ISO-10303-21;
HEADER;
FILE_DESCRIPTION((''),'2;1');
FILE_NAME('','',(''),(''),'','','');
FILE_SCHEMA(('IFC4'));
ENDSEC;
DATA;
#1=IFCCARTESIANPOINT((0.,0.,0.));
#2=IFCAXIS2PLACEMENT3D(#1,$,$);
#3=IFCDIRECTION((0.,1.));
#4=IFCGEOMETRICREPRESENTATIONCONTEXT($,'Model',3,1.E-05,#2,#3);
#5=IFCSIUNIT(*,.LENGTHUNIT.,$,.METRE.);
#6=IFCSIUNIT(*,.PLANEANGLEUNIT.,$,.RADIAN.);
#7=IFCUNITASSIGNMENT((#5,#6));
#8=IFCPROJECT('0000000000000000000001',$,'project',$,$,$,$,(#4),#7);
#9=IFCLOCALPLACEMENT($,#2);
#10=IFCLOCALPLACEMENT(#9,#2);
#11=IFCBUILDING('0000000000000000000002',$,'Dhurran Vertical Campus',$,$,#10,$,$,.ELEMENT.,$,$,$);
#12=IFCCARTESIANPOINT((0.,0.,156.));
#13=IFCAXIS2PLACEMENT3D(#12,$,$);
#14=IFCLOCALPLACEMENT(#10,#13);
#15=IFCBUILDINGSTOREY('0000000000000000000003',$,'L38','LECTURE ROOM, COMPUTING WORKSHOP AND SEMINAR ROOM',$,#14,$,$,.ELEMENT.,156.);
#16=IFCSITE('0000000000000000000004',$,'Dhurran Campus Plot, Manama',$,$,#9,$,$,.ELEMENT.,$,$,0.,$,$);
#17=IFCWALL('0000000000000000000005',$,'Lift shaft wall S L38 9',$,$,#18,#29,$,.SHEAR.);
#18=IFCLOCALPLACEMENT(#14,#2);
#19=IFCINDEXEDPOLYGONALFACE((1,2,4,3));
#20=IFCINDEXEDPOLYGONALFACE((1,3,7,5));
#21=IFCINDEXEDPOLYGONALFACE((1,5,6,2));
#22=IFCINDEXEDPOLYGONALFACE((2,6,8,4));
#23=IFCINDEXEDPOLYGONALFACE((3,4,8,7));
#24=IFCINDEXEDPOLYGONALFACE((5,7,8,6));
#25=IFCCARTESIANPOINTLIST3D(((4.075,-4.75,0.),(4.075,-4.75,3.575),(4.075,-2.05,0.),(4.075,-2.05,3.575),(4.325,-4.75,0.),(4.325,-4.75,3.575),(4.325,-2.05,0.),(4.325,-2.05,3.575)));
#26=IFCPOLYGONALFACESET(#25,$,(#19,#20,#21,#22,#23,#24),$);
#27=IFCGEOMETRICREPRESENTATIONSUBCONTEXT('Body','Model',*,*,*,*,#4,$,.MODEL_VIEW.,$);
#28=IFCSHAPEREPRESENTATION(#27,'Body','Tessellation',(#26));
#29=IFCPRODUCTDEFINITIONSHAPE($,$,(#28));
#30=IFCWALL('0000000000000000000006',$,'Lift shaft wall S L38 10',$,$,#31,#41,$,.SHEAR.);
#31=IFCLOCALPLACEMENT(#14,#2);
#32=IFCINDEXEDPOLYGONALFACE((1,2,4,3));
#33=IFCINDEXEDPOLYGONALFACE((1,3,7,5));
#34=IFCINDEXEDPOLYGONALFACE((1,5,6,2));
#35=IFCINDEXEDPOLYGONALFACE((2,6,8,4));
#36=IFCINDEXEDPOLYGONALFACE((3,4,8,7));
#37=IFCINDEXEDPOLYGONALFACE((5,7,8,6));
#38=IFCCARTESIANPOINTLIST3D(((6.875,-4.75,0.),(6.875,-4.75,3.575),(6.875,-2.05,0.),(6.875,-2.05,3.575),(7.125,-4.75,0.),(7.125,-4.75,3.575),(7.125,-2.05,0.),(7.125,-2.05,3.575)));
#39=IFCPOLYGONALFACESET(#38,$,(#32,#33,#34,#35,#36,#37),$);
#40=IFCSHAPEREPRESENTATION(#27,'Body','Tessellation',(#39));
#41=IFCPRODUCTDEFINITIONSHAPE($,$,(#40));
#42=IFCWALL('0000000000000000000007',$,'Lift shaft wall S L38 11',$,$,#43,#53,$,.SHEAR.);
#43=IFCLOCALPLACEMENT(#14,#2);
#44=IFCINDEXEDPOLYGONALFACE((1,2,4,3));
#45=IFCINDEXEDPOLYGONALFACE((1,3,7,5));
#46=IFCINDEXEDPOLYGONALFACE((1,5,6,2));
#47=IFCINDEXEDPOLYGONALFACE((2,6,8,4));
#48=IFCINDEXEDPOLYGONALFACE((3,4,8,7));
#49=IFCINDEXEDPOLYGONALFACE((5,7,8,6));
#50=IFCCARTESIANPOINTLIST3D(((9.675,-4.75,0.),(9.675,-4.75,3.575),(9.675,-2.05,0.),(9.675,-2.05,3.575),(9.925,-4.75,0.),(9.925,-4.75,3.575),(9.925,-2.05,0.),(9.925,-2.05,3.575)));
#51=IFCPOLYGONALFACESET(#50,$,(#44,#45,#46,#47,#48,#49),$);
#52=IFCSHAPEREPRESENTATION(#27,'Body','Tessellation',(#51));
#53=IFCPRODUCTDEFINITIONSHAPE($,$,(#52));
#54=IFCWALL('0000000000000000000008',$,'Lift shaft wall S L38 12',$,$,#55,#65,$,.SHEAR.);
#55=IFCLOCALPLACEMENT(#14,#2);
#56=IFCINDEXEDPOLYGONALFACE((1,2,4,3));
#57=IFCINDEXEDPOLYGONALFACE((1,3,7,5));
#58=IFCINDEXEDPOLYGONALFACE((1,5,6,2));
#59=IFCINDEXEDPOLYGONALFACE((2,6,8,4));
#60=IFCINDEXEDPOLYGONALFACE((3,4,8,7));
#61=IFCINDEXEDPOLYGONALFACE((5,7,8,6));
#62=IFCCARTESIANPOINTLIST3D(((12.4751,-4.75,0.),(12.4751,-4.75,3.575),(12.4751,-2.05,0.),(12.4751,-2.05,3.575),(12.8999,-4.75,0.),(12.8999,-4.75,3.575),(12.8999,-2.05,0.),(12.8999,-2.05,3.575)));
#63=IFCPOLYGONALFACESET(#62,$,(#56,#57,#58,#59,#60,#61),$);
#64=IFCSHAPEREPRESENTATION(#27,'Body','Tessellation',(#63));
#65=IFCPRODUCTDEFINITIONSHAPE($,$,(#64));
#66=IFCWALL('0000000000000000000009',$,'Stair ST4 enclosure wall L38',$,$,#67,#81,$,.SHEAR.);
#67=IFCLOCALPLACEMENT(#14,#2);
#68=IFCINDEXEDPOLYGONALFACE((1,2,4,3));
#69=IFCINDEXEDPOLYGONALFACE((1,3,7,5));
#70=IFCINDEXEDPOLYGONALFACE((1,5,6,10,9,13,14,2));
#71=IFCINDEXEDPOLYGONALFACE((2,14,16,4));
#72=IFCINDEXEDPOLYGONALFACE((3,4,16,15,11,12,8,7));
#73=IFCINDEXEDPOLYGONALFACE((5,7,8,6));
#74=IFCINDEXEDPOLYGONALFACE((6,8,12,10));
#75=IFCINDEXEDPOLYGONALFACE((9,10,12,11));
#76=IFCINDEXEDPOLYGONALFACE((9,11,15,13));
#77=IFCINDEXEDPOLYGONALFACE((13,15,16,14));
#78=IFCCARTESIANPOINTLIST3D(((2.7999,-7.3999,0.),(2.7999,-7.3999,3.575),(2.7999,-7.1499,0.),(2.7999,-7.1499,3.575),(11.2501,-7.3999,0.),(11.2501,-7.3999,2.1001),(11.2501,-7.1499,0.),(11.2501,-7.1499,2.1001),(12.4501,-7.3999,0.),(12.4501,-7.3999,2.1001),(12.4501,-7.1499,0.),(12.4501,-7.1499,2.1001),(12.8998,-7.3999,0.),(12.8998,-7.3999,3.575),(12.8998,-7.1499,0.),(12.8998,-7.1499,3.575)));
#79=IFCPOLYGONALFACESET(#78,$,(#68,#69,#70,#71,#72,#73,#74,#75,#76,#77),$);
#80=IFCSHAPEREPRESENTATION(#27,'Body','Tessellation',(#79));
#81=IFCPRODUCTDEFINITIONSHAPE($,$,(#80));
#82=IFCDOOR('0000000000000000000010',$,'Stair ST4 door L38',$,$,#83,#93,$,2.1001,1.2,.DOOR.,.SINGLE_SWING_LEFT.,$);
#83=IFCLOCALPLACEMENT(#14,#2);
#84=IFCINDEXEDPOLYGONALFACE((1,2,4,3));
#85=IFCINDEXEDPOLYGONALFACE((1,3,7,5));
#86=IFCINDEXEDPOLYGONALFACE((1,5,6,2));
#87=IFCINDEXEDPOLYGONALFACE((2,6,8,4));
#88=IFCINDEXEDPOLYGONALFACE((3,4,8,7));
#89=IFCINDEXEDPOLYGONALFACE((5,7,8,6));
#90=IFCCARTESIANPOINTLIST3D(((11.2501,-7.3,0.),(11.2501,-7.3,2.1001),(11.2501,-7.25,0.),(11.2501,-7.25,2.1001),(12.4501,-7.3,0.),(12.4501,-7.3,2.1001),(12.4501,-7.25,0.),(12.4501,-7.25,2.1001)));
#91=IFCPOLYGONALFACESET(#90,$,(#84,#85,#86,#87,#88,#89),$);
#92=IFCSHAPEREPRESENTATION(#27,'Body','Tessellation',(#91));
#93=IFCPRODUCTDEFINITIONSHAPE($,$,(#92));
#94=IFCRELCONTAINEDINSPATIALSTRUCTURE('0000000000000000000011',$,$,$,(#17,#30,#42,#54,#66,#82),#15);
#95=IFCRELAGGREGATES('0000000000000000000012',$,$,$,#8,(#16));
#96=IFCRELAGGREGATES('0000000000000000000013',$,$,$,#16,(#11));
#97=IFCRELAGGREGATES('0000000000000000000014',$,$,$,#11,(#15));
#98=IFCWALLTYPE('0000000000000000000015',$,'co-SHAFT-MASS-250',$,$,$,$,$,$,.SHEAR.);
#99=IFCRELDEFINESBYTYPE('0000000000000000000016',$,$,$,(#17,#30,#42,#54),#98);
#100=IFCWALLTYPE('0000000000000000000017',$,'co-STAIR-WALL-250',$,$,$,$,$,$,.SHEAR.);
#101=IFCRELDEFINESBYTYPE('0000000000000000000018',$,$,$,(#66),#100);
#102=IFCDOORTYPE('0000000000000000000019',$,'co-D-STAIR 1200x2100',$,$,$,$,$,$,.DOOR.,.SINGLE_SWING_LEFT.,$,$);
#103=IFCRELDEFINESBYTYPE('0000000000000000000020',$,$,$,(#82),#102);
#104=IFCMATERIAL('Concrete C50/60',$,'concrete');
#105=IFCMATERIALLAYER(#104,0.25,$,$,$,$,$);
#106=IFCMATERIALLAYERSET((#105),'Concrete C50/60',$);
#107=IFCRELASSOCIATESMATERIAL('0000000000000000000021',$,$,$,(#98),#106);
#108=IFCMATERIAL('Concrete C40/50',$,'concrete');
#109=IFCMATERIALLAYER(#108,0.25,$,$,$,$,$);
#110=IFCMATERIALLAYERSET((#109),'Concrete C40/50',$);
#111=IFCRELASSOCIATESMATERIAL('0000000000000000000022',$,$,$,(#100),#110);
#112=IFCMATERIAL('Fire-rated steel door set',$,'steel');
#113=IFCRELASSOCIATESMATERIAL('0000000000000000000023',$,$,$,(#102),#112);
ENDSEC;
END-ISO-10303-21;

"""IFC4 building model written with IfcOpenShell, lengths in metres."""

from ifc_helpers import new_model, si_unit, direction, frame, frame_2d, origin, place, context, subcontext, project, spatial, polyline, rectangle, outline, extrude, material, layer, layer_set, type_object, element, fill, save


model = new_model("IFC4")

# Units and contexts
model_context = context("Model", 3, precision=1e-05, world=origin(), true_north=direction((0.0, 1.0)))
body_context = subcontext(model_context, "Body", "Model", "MODEL_VIEW")
ifc_project = project(units=[si_unit("LENGTHUNIT", "METRE"), si_unit("PLANEANGLEUNIT", "RADIAN")], contexts=[model_context])

# Site, building, storey
site_placement = place(None, origin())
site = spatial("IfcSite", under=ifc_project, at=site_placement, Name="Dhurran Campus Plot, Manama", CompositionType="ELEMENT", RefElevation=0.0)
building_placement = place(site_placement, origin())
building = spatial("IfcBuilding", under=site, at=building_placement, Name="Dhurran Vertical Campus", CompositionType="ELEMENT")
storey_placement = place(building_placement, frame((0.0, 0.0, 156.0)))
storey = spatial("IfcBuildingStorey", under=building, at=storey_placement, Name="L38", Description="LECTURE ROOM, COMPUTING WORKSHOP AND SEMINAR ROOM", CompositionType="ELEMENT", Elevation=156.0)

# Walls
ifc_material_1 = material(Name="Concrete C50/60", Category="concrete")
ifc_layer_1 = layer(ifc_material_1, 0.25)
ifc_layer_set_1 = layer_set([ifc_layer_1], Name="Concrete C50/60")
wall_type_1 = type_object("IfcWallType", Name="co-SHAFT-MASS-250", PredefinedType="SHEAR", material=ifc_layer_set_1)
wall_1_placement = place(storey_placement, origin())
element("IfcWall", 1, at=wall_1_placement, inside=storey, type_object=wall_type_1, Name="Lift shaft wall S L38 9", PredefinedType="SHEAR", context=body_context, shape_type="SweptSolid", body=[
    extrude(outline(polyline([(4.075, -4.75), (4.325, -4.75), (4.325, -2.05), (4.075, -2.05), (4.075, -4.75)])), origin(), (0.0, 0.0, 1.0), 3.575),
])
wall_2_placement = place(storey_placement, origin())
element("IfcWall", 2, at=wall_2_placement, inside=storey, type_object=wall_type_1, Name="Lift shaft wall S L38 10", PredefinedType="SHEAR", context=body_context, shape_type="SweptSolid", body=[
    extrude(outline(polyline([(6.875, -4.75), (7.125, -4.75), (7.125, -2.05), (6.875, -2.05), (6.875, -4.75)])), origin(), (0.0, 0.0, 1.0), 3.575),
])
wall_3_placement = place(storey_placement, origin())
element("IfcWall", 3, at=wall_3_placement, inside=storey, type_object=wall_type_1, Name="Lift shaft wall S L38 11", PredefinedType="SHEAR", context=body_context, shape_type="SweptSolid", body=[
    extrude(outline(polyline([(9.675, -4.75), (9.925, -4.75), (9.925, -2.05), (9.675, -2.05), (9.675, -4.75)])), origin(), (0.0, 0.0, 1.0), 3.575),
])
wall_4_placement = place(storey_placement, origin())
element("IfcWall", 4, at=wall_4_placement, inside=storey, type_object=wall_type_1, Name="Lift shaft wall S L38 12", PredefinedType="SHEAR", context=body_context, shape_type="SweptSolid", body=[
    extrude(outline(polyline([(12.4751, -4.75), (12.8999, -4.75), (12.8999, -2.05), (12.4751, -2.05), (12.4751, -4.75)])), origin(), (0.0, 0.0, 1.0), 3.575),
])

# Wall, opening, door
ifc_material_2 = material(Name="Concrete C40/50", Category="concrete")
ifc_layer_2 = layer(ifc_material_2, 0.25)
ifc_layer_set_2 = layer_set([ifc_layer_2], Name="Concrete C40/50")
wall_type_2 = type_object("IfcWallType", Name="co-STAIR-WALL-250", PredefinedType="SHEAR", material=ifc_layer_set_2)
wall_5_placement = place(storey_placement, frame((2.8, -7.2749, 0.0), z_axis=(0.0, 0.0, 1.0), x_axis=(1.0, 0.0, 0.0)))
wall_5 = element("IfcWall", 5, at=wall_5_placement, inside=storey, type_object=wall_type_2, Name="Stair ST4 enclosure wall L38", PredefinedType="SHEAR", context=body_context, shape_type="SweptSolid", body=[
    extrude(rectangle(XDim=10.0999, YDim=0.25, at=frame_2d((5.0498, 0.0))), origin(), (0.0, 0.0, 1.0), 3.575),
])
opening_1_placement = place(wall_5_placement, frame((8.45, 0.0, 0.0)))
opening_1 = element("IfcOpeningElement", 6, at=opening_1_placement, cuts=wall_5, PredefinedType="OPENING", context=body_context, shape_type="SweptSolid", body=[
    extrude(rectangle(XDim=1.2, YDim=2.1001, at=frame_2d((0.6001, 1.05))), frame((0.0, 0.135, 0.0), z_axis=(0.0, -1.0, 0.0), x_axis=(1.0, 0.0, 0.0)), (0.0, 0.0, 1.0), 0.27),
])
ifc_material_3 = material(Name="Fire-rated steel door set", Category="steel")
door_type_1 = type_object("IfcDoorType", Name="co-D-STAIR 1200x2100", OperationType="SINGLE_SWING_LEFT", PredefinedType="DOOR", material=ifc_material_3)
door_1_placement = place(opening_1_placement, origin())
door_1 = element("IfcDoor", 7, at=door_1_placement, inside=storey, type_object=door_type_1, Name="Stair ST4 door L38", OperationType="SINGLE_SWING_LEFT", OverallHeight=2.1001, OverallWidth=1.2, PredefinedType="DOOR", context=body_context, shape_type="SweptSolid", body=[
    extrude(rectangle(XDim=1.2, YDim=2.1001, at=frame_2d((0.6001, 1.05))), frame((0.0, 0.0249, 0.0), z_axis=(0.0, -1.0, 0.0), x_axis=(1.0, 0.0, 0.0)), (0.0, 0.0, 1.0), 0.05),
])
fill(opening_1, door_1)

save(model, "model.ifc")
